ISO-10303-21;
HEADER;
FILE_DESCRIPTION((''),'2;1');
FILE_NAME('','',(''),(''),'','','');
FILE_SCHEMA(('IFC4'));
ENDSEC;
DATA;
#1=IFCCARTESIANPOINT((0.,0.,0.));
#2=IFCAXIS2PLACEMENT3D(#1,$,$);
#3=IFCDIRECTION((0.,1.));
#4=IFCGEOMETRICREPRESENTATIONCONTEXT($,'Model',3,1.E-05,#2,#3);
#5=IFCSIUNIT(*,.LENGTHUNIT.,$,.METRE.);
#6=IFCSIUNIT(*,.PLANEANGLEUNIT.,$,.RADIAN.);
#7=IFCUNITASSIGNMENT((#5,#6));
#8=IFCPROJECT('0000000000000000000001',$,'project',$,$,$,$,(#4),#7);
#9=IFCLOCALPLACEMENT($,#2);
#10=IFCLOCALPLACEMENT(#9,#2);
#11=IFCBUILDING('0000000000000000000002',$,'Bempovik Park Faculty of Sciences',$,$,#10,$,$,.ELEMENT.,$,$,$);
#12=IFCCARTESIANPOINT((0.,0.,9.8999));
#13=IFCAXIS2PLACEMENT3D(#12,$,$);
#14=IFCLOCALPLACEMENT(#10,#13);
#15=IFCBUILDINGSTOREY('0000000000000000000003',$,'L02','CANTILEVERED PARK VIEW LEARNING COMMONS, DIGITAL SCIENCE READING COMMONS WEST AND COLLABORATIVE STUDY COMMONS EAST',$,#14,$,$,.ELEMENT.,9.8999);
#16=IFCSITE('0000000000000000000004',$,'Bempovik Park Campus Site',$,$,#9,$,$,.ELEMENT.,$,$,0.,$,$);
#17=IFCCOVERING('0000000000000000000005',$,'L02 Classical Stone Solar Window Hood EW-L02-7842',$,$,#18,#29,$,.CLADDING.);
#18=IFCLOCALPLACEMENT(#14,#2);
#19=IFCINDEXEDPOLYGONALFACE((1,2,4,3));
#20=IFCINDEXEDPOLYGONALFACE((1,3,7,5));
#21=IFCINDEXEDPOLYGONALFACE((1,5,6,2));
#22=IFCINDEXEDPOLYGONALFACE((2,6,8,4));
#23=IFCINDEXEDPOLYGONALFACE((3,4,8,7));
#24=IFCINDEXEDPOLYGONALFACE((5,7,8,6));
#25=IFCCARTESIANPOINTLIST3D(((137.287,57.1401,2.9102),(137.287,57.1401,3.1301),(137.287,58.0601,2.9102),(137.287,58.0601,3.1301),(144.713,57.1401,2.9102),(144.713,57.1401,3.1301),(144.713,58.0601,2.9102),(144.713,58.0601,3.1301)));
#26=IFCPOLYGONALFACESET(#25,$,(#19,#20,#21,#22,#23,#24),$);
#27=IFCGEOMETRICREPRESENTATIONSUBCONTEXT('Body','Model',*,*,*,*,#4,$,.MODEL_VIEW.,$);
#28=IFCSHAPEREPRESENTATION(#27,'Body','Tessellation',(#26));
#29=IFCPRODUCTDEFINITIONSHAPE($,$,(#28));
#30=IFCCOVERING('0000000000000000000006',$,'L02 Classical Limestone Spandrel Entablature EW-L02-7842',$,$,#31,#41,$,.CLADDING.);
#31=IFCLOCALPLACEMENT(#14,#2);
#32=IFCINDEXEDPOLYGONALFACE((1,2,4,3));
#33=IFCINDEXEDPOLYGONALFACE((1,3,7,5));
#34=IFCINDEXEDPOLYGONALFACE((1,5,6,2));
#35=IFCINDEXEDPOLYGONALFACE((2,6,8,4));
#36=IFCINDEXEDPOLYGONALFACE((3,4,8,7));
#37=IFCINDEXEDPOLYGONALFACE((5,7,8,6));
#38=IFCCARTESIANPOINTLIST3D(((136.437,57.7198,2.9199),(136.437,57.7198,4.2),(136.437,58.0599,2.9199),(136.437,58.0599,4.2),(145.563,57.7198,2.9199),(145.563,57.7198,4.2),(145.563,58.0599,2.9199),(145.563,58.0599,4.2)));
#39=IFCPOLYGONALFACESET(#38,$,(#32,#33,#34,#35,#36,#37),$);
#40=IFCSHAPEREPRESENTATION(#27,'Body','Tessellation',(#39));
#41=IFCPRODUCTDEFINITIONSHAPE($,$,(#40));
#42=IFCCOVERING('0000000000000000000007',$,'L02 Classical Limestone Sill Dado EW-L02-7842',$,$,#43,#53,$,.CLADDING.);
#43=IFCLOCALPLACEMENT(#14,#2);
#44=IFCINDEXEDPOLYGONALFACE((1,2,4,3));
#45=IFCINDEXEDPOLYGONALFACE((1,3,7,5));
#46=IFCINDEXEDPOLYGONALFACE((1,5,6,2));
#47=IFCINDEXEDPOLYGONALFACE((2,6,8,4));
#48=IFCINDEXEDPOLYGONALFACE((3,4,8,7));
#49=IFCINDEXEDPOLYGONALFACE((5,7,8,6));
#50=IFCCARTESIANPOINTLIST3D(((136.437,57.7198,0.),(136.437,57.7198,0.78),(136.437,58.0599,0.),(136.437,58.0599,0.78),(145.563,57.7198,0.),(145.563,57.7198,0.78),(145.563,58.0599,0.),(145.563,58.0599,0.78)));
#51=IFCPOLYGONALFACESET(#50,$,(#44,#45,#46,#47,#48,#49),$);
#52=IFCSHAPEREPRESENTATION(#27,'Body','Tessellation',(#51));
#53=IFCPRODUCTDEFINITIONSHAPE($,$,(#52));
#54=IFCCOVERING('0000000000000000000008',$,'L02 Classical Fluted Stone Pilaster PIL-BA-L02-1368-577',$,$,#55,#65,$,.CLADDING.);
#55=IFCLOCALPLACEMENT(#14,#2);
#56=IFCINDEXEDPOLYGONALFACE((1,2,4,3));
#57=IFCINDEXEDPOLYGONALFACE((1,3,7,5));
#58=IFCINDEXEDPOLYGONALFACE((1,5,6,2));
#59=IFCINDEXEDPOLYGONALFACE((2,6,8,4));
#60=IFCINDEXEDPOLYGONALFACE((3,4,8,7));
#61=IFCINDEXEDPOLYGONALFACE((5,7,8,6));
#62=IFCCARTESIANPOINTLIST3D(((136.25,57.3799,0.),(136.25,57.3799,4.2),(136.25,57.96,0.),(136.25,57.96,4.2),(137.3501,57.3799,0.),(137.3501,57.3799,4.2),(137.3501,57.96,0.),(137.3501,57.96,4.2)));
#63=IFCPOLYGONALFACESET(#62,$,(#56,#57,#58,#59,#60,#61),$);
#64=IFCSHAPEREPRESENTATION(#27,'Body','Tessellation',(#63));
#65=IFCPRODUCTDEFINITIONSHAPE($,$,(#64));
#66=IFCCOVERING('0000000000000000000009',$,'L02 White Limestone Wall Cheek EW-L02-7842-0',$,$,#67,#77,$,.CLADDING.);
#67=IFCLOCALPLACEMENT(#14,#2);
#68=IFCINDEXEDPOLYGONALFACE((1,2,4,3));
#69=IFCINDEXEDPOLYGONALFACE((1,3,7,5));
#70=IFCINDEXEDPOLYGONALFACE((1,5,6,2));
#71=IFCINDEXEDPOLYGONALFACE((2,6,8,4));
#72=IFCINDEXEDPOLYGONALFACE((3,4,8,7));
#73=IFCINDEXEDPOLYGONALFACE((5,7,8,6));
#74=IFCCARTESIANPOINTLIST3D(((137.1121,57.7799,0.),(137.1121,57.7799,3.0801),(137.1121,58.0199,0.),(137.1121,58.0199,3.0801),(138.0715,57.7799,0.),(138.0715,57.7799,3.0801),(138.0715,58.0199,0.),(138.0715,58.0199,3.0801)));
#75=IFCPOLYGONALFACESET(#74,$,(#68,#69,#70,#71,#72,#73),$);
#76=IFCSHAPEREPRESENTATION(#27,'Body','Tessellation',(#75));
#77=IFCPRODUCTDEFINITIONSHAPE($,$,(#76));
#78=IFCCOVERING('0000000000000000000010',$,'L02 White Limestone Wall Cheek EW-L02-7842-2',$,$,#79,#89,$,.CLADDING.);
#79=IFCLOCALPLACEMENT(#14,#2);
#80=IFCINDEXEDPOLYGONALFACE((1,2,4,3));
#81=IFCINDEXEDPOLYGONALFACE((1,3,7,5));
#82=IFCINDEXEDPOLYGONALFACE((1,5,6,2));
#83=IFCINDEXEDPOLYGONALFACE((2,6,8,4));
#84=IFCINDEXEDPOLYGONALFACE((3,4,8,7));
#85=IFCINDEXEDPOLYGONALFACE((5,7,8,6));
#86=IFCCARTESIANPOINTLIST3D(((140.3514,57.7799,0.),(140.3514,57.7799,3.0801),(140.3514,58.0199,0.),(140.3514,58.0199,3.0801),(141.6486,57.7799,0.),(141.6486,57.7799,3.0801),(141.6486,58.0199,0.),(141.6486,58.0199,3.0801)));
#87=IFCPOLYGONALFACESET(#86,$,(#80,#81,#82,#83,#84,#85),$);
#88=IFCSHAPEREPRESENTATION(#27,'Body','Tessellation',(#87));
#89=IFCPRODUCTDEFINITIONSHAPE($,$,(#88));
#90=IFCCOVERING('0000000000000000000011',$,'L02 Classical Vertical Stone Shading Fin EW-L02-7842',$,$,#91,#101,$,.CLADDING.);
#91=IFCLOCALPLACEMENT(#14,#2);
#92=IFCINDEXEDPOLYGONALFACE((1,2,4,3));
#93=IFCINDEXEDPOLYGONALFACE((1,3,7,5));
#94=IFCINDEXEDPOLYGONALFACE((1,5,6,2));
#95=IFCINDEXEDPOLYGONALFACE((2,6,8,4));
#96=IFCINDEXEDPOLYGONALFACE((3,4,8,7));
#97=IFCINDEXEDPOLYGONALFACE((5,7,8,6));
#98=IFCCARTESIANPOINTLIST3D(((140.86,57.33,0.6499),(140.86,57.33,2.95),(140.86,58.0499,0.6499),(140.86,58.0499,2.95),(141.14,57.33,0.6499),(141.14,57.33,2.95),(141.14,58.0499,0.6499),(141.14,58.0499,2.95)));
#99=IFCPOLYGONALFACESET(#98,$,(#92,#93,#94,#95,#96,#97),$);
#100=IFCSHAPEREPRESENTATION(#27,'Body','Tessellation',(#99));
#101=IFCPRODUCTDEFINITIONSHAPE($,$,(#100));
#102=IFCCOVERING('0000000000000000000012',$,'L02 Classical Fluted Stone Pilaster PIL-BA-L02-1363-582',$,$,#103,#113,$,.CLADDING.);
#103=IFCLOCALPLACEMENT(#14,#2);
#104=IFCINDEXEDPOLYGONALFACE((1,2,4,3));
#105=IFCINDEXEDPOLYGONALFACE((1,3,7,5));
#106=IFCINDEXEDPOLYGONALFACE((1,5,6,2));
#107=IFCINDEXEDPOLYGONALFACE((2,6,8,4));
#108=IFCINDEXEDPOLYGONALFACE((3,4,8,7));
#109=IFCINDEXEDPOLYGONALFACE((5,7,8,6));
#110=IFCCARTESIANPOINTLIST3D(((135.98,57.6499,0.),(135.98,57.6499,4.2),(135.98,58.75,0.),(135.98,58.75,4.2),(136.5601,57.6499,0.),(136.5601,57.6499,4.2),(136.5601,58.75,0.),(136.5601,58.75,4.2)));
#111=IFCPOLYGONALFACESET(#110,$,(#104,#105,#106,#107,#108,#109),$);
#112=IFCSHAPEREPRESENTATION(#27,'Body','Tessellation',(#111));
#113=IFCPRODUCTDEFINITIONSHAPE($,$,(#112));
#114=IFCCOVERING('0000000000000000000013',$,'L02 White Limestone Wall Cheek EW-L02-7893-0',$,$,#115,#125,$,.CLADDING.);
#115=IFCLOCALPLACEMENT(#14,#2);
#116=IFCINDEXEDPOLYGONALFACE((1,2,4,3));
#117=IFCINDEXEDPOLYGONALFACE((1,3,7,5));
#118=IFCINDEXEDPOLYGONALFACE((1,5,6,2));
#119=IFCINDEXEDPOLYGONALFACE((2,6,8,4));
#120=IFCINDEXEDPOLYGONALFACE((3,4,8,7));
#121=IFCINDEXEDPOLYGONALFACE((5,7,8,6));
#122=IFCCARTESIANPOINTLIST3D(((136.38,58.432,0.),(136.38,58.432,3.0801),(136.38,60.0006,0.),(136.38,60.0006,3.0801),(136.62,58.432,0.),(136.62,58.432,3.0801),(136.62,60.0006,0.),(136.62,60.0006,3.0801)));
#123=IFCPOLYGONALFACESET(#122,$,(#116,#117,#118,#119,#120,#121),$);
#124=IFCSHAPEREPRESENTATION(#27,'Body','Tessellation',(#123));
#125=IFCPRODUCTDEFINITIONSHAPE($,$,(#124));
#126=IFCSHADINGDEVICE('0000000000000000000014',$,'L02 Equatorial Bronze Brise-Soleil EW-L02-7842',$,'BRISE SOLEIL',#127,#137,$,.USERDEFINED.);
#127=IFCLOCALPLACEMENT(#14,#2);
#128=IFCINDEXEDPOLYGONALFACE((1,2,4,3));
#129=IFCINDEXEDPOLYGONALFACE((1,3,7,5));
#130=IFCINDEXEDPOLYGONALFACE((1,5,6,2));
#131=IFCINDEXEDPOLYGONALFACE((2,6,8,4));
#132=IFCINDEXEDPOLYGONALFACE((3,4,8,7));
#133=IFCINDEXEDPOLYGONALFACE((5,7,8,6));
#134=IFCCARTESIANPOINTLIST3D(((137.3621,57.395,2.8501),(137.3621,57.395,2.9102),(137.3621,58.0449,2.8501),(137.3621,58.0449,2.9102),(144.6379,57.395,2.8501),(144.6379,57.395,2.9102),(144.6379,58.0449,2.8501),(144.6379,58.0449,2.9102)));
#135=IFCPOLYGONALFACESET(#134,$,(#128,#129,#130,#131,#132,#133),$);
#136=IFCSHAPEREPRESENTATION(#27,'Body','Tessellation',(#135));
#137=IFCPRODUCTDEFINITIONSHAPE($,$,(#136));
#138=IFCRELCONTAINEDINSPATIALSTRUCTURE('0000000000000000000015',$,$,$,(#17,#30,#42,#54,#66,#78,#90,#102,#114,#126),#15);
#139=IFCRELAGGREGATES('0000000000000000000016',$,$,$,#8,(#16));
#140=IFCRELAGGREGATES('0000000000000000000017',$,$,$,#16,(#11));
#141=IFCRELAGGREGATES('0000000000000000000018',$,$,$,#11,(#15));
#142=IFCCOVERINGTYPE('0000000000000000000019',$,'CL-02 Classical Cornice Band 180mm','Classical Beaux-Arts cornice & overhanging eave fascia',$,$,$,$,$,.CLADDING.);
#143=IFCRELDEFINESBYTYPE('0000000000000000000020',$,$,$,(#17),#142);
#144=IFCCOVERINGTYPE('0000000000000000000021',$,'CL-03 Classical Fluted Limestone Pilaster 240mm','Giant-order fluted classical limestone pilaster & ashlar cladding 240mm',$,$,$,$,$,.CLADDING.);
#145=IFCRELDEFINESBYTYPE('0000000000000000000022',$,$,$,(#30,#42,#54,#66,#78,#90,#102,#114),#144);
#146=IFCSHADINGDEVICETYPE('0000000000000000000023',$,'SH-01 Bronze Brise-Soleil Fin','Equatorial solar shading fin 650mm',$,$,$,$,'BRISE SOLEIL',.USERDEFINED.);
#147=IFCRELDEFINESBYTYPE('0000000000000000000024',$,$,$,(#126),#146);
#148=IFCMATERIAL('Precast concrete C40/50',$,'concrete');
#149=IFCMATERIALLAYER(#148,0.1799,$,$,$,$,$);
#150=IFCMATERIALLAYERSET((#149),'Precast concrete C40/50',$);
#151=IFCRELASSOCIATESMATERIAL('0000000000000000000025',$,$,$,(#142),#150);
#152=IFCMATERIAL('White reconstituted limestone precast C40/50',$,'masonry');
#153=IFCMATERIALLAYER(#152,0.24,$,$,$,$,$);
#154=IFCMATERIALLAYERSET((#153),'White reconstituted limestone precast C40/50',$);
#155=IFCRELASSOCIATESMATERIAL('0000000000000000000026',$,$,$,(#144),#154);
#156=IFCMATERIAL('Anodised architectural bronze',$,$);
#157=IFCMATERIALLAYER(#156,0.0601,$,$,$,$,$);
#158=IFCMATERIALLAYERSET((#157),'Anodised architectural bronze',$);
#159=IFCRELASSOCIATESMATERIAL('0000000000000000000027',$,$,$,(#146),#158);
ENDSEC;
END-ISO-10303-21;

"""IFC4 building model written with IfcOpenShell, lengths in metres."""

from ifc_helpers import new_model, si_unit, direction, frame, origin, origin_2d, place, context, subcontext, project, spatial, rectangle, extrude, material, layer, layer_set, type_object, element, save


model = new_model("IFC4")

# Units and contexts
model_context = context("Model", 3, precision=1e-05, world=origin(), true_north=direction((0.0, 1.0)))
body_context = subcontext(model_context, "Body", "Model", "MODEL_VIEW")
ifc_project = project(units=[si_unit("LENGTHUNIT", "METRE"), si_unit("PLANEANGLEUNIT", "RADIAN")], contexts=[model_context])

# Site, building, storey
site_placement = place(None, origin())
site = spatial("IfcSite", under=ifc_project, at=site_placement, Name="Bempovik Park Campus Site", CompositionType="ELEMENT", RefElevation=0.0)
building_placement = place(site_placement, origin())
building = spatial("IfcBuilding", under=site, at=building_placement, Name="Bempovik Park Faculty of Sciences", CompositionType="ELEMENT")
storey_placement = place(building_placement, frame((0.0, 0.0, 9.8999)))
storey = spatial("IfcBuildingStorey", under=building, at=storey_placement, Name="L02", Description="CANTILEVERED PARK VIEW LEARNING COMMONS, DIGITAL SCIENCE READING COMMONS WEST AND COLLABORATIVE STUDY COMMONS EAST", CompositionType="ELEMENT", Elevation=9.8999)

# Shared definitions
ifc_material_1 = material(Name="Precast concrete C40/50", Category="concrete")

# Coverings
ifc_layer_1 = layer(ifc_material_1, 0.1799)
ifc_layer_set_1 = layer_set([ifc_layer_1], Name="Precast concrete C40/50")
covering_type_1 = type_object("IfcCoveringType", Name="CL-02 Classical Cornice Band 180mm", Description="Classical Beaux-Arts cornice & overhanging eave fascia", PredefinedType="CLADDING", material=ifc_layer_set_1)
covering_1_placement = place(storey_placement, frame((141.0, 57.6001, 2.9102), z_axis=(0.0, 0.0, 1.0), x_axis=(1.0, 0.0, 0.0)))
element("IfcCovering", 1, at=covering_1_placement, inside=storey, type_object=covering_type_1, Name="L02 Classical Stone Solar Window Hood EW-L02-7842", PredefinedType="CLADDING", context=body_context, shape_type="SweptSolid", body=[
    extrude(rectangle(XDim=7.426, YDim=0.9199, at=origin_2d()), origin(), (0.0, 0.0, 1.0), 0.22),
])
ifc_material_2 = material(Name="White reconstituted limestone precast C40/50", Category="masonry")
ifc_layer_2 = layer(ifc_material_2, 0.24)
ifc_layer_set_2 = layer_set([ifc_layer_2], Name="White reconstituted limestone precast C40/50")
covering_type_2 = type_object("IfcCoveringType", Name="CL-03 Classical Fluted Limestone Pilaster 240mm", Description="Giant-order fluted classical limestone pilaster & ashlar cladding 240mm", PredefinedType="CLADDING", material=ifc_layer_set_2)
covering_2_placement = place(storey_placement, frame((141.0, 57.8899, 2.9199), z_axis=(0.0, 0.0, 1.0), x_axis=(1.0, 0.0, 0.0)))
element("IfcCovering", 2, at=covering_2_placement, inside=storey, type_object=covering_type_2, Name="L02 Classical Limestone Spandrel Entablature EW-L02-7842", PredefinedType="CLADDING", context=body_context, shape_type="SweptSolid", body=[
    extrude(rectangle(XDim=9.126, YDim=0.3401, at=origin_2d()), origin(), (0.0, 0.0, 1.0), 1.28),
])
covering_3_placement = place(storey_placement, frame((141.0, 57.8899, 0.0), z_axis=(0.0, 0.0, 1.0), x_axis=(1.0, 0.0, 0.0)))
element("IfcCovering", 3, at=covering_3_placement, inside=storey, type_object=covering_type_2, Name="L02 Classical Limestone Sill Dado EW-L02-7842", PredefinedType="CLADDING", context=body_context, shape_type="SweptSolid", body=[
    extrude(rectangle(XDim=9.126, YDim=0.3401, at=origin_2d()), origin(), (0.0, 0.0, 1.0), 0.78),
])
covering_4_placement = place(storey_placement, frame((136.8, 57.6699, 0.0), z_axis=(0.0, 0.0, 1.0), x_axis=(1.0, 0.0, 0.0)))
element("IfcCovering", 4, at=covering_4_placement, inside=storey, type_object=covering_type_2, Name="L02 Classical Fluted Stone Pilaster PIL-BA-L02-1368-577", PredefinedType="CLADDING", context=body_context, shape_type="SweptSolid", body=[
    extrude(rectangle(XDim=1.1001, YDim=0.5801, at=origin_2d()), origin(), (0.0, 0.0, 1.0), 4.2),
])
covering_5_placement = place(storey_placement, frame((137.5918, 57.8999, 0.0), z_axis=(0.0, 0.0, 1.0), x_axis=(1.0, 0.0, 0.0)))
element("IfcCovering", 5, at=covering_5_placement, inside=storey, type_object=covering_type_2, Name="L02 White Limestone Wall Cheek EW-L02-7842-0", PredefinedType="CLADDING", context=body_context, shape_type="SweptSolid", body=[
    extrude(rectangle(XDim=0.9595, YDim=0.24, at=origin_2d()), origin(), (0.0, 0.0, 1.0), 3.0801),
])
covering_6_placement = place(storey_placement, frame((141.0, 57.8999, 0.0), z_axis=(0.0, 0.0, 1.0), x_axis=(1.0, 0.0, 0.0)))
element("IfcCovering", 6, at=covering_6_placement, inside=storey, type_object=covering_type_2, Name="L02 White Limestone Wall Cheek EW-L02-7842-2", PredefinedType="CLADDING", context=body_context, shape_type="SweptSolid", body=[
    extrude(rectangle(XDim=1.2971, YDim=0.24, at=origin_2d()), origin(), (0.0, 0.0, 1.0), 3.0801),
])
covering_7_placement = place(storey_placement, frame((141.0, 57.6899, 0.6499), z_axis=(0.0, 0.0, 1.0), x_axis=(1.0, 0.0, 0.0)))
element("IfcCovering", 7, at=covering_7_placement, inside=storey, type_object=covering_type_2, Name="L02 Classical Vertical Stone Shading Fin EW-L02-7842", PredefinedType="CLADDING", context=body_context, shape_type="SweptSolid", body=[
    extrude(rectangle(XDim=0.28, YDim=0.72, at=origin_2d()), origin(), (0.0, 0.0, 1.0), 2.3),
])
covering_8_placement = place(storey_placement, frame((136.27, 58.2, 0.0), z_axis=(0.0, 0.0, 1.0), x_axis=(1.0, 0.0, 0.0)))
element("IfcCovering", 8, at=covering_8_placement, inside=storey, type_object=covering_type_2, Name="L02 Classical Fluted Stone Pilaster PIL-BA-L02-1363-582", PredefinedType="CLADDING", context=body_context, shape_type="SweptSolid", body=[
    extrude(rectangle(XDim=0.5801, YDim=1.1001, at=origin_2d()), origin(), (0.0, 0.0, 1.0), 4.2),
])
covering_9_placement = place(storey_placement, frame((136.5, 59.2163, 0.0), z_axis=(0.0, 0.0, 1.0), x_axis=(1.0, 0.0, 0.0)))
element("IfcCovering", 9, at=covering_9_placement, inside=storey, type_object=covering_type_2, Name="L02 White Limestone Wall Cheek EW-L02-7893-0", PredefinedType="CLADDING", context=body_context, shape_type="SweptSolid", body=[
    extrude(rectangle(XDim=0.24, YDim=1.5686, at=origin_2d()), origin(), (0.0, 0.0, 1.0), 3.0801),
])

# Shading device
ifc_material_3 = material(Name="Anodised architectural bronze")
ifc_layer_3 = layer(ifc_material_3, 0.0601)
ifc_layer_set_3 = layer_set([ifc_layer_3], Name="Anodised architectural bronze")
shading_device_type = type_object("IfcShadingDeviceType", Name="SH-01 Bronze Brise-Soleil Fin", Description="Equatorial solar shading fin 650mm", ElementType="BRISE SOLEIL", PredefinedType="USERDEFINED", material=ifc_layer_set_3)
shading_device_placement = place(storey_placement, frame((141.0, 57.72, 2.8501), z_axis=(0.0, 0.0, 1.0), x_axis=(1.0, 0.0, 0.0)))
element("IfcShadingDevice", 10, at=shading_device_placement, inside=storey, type_object=shading_device_type, Name="L02 Equatorial Bronze Brise-Soleil EW-L02-7842", ObjectType="BRISE SOLEIL", PredefinedType="USERDEFINED", context=body_context, shape_type="SweptSolid", body=[
    extrude(rectangle(XDim=7.2759, YDim=0.6499, at=origin_2d()), origin(), (0.0, 0.0, 1.0), 0.0601),
])

save(model, "model.ifc")
